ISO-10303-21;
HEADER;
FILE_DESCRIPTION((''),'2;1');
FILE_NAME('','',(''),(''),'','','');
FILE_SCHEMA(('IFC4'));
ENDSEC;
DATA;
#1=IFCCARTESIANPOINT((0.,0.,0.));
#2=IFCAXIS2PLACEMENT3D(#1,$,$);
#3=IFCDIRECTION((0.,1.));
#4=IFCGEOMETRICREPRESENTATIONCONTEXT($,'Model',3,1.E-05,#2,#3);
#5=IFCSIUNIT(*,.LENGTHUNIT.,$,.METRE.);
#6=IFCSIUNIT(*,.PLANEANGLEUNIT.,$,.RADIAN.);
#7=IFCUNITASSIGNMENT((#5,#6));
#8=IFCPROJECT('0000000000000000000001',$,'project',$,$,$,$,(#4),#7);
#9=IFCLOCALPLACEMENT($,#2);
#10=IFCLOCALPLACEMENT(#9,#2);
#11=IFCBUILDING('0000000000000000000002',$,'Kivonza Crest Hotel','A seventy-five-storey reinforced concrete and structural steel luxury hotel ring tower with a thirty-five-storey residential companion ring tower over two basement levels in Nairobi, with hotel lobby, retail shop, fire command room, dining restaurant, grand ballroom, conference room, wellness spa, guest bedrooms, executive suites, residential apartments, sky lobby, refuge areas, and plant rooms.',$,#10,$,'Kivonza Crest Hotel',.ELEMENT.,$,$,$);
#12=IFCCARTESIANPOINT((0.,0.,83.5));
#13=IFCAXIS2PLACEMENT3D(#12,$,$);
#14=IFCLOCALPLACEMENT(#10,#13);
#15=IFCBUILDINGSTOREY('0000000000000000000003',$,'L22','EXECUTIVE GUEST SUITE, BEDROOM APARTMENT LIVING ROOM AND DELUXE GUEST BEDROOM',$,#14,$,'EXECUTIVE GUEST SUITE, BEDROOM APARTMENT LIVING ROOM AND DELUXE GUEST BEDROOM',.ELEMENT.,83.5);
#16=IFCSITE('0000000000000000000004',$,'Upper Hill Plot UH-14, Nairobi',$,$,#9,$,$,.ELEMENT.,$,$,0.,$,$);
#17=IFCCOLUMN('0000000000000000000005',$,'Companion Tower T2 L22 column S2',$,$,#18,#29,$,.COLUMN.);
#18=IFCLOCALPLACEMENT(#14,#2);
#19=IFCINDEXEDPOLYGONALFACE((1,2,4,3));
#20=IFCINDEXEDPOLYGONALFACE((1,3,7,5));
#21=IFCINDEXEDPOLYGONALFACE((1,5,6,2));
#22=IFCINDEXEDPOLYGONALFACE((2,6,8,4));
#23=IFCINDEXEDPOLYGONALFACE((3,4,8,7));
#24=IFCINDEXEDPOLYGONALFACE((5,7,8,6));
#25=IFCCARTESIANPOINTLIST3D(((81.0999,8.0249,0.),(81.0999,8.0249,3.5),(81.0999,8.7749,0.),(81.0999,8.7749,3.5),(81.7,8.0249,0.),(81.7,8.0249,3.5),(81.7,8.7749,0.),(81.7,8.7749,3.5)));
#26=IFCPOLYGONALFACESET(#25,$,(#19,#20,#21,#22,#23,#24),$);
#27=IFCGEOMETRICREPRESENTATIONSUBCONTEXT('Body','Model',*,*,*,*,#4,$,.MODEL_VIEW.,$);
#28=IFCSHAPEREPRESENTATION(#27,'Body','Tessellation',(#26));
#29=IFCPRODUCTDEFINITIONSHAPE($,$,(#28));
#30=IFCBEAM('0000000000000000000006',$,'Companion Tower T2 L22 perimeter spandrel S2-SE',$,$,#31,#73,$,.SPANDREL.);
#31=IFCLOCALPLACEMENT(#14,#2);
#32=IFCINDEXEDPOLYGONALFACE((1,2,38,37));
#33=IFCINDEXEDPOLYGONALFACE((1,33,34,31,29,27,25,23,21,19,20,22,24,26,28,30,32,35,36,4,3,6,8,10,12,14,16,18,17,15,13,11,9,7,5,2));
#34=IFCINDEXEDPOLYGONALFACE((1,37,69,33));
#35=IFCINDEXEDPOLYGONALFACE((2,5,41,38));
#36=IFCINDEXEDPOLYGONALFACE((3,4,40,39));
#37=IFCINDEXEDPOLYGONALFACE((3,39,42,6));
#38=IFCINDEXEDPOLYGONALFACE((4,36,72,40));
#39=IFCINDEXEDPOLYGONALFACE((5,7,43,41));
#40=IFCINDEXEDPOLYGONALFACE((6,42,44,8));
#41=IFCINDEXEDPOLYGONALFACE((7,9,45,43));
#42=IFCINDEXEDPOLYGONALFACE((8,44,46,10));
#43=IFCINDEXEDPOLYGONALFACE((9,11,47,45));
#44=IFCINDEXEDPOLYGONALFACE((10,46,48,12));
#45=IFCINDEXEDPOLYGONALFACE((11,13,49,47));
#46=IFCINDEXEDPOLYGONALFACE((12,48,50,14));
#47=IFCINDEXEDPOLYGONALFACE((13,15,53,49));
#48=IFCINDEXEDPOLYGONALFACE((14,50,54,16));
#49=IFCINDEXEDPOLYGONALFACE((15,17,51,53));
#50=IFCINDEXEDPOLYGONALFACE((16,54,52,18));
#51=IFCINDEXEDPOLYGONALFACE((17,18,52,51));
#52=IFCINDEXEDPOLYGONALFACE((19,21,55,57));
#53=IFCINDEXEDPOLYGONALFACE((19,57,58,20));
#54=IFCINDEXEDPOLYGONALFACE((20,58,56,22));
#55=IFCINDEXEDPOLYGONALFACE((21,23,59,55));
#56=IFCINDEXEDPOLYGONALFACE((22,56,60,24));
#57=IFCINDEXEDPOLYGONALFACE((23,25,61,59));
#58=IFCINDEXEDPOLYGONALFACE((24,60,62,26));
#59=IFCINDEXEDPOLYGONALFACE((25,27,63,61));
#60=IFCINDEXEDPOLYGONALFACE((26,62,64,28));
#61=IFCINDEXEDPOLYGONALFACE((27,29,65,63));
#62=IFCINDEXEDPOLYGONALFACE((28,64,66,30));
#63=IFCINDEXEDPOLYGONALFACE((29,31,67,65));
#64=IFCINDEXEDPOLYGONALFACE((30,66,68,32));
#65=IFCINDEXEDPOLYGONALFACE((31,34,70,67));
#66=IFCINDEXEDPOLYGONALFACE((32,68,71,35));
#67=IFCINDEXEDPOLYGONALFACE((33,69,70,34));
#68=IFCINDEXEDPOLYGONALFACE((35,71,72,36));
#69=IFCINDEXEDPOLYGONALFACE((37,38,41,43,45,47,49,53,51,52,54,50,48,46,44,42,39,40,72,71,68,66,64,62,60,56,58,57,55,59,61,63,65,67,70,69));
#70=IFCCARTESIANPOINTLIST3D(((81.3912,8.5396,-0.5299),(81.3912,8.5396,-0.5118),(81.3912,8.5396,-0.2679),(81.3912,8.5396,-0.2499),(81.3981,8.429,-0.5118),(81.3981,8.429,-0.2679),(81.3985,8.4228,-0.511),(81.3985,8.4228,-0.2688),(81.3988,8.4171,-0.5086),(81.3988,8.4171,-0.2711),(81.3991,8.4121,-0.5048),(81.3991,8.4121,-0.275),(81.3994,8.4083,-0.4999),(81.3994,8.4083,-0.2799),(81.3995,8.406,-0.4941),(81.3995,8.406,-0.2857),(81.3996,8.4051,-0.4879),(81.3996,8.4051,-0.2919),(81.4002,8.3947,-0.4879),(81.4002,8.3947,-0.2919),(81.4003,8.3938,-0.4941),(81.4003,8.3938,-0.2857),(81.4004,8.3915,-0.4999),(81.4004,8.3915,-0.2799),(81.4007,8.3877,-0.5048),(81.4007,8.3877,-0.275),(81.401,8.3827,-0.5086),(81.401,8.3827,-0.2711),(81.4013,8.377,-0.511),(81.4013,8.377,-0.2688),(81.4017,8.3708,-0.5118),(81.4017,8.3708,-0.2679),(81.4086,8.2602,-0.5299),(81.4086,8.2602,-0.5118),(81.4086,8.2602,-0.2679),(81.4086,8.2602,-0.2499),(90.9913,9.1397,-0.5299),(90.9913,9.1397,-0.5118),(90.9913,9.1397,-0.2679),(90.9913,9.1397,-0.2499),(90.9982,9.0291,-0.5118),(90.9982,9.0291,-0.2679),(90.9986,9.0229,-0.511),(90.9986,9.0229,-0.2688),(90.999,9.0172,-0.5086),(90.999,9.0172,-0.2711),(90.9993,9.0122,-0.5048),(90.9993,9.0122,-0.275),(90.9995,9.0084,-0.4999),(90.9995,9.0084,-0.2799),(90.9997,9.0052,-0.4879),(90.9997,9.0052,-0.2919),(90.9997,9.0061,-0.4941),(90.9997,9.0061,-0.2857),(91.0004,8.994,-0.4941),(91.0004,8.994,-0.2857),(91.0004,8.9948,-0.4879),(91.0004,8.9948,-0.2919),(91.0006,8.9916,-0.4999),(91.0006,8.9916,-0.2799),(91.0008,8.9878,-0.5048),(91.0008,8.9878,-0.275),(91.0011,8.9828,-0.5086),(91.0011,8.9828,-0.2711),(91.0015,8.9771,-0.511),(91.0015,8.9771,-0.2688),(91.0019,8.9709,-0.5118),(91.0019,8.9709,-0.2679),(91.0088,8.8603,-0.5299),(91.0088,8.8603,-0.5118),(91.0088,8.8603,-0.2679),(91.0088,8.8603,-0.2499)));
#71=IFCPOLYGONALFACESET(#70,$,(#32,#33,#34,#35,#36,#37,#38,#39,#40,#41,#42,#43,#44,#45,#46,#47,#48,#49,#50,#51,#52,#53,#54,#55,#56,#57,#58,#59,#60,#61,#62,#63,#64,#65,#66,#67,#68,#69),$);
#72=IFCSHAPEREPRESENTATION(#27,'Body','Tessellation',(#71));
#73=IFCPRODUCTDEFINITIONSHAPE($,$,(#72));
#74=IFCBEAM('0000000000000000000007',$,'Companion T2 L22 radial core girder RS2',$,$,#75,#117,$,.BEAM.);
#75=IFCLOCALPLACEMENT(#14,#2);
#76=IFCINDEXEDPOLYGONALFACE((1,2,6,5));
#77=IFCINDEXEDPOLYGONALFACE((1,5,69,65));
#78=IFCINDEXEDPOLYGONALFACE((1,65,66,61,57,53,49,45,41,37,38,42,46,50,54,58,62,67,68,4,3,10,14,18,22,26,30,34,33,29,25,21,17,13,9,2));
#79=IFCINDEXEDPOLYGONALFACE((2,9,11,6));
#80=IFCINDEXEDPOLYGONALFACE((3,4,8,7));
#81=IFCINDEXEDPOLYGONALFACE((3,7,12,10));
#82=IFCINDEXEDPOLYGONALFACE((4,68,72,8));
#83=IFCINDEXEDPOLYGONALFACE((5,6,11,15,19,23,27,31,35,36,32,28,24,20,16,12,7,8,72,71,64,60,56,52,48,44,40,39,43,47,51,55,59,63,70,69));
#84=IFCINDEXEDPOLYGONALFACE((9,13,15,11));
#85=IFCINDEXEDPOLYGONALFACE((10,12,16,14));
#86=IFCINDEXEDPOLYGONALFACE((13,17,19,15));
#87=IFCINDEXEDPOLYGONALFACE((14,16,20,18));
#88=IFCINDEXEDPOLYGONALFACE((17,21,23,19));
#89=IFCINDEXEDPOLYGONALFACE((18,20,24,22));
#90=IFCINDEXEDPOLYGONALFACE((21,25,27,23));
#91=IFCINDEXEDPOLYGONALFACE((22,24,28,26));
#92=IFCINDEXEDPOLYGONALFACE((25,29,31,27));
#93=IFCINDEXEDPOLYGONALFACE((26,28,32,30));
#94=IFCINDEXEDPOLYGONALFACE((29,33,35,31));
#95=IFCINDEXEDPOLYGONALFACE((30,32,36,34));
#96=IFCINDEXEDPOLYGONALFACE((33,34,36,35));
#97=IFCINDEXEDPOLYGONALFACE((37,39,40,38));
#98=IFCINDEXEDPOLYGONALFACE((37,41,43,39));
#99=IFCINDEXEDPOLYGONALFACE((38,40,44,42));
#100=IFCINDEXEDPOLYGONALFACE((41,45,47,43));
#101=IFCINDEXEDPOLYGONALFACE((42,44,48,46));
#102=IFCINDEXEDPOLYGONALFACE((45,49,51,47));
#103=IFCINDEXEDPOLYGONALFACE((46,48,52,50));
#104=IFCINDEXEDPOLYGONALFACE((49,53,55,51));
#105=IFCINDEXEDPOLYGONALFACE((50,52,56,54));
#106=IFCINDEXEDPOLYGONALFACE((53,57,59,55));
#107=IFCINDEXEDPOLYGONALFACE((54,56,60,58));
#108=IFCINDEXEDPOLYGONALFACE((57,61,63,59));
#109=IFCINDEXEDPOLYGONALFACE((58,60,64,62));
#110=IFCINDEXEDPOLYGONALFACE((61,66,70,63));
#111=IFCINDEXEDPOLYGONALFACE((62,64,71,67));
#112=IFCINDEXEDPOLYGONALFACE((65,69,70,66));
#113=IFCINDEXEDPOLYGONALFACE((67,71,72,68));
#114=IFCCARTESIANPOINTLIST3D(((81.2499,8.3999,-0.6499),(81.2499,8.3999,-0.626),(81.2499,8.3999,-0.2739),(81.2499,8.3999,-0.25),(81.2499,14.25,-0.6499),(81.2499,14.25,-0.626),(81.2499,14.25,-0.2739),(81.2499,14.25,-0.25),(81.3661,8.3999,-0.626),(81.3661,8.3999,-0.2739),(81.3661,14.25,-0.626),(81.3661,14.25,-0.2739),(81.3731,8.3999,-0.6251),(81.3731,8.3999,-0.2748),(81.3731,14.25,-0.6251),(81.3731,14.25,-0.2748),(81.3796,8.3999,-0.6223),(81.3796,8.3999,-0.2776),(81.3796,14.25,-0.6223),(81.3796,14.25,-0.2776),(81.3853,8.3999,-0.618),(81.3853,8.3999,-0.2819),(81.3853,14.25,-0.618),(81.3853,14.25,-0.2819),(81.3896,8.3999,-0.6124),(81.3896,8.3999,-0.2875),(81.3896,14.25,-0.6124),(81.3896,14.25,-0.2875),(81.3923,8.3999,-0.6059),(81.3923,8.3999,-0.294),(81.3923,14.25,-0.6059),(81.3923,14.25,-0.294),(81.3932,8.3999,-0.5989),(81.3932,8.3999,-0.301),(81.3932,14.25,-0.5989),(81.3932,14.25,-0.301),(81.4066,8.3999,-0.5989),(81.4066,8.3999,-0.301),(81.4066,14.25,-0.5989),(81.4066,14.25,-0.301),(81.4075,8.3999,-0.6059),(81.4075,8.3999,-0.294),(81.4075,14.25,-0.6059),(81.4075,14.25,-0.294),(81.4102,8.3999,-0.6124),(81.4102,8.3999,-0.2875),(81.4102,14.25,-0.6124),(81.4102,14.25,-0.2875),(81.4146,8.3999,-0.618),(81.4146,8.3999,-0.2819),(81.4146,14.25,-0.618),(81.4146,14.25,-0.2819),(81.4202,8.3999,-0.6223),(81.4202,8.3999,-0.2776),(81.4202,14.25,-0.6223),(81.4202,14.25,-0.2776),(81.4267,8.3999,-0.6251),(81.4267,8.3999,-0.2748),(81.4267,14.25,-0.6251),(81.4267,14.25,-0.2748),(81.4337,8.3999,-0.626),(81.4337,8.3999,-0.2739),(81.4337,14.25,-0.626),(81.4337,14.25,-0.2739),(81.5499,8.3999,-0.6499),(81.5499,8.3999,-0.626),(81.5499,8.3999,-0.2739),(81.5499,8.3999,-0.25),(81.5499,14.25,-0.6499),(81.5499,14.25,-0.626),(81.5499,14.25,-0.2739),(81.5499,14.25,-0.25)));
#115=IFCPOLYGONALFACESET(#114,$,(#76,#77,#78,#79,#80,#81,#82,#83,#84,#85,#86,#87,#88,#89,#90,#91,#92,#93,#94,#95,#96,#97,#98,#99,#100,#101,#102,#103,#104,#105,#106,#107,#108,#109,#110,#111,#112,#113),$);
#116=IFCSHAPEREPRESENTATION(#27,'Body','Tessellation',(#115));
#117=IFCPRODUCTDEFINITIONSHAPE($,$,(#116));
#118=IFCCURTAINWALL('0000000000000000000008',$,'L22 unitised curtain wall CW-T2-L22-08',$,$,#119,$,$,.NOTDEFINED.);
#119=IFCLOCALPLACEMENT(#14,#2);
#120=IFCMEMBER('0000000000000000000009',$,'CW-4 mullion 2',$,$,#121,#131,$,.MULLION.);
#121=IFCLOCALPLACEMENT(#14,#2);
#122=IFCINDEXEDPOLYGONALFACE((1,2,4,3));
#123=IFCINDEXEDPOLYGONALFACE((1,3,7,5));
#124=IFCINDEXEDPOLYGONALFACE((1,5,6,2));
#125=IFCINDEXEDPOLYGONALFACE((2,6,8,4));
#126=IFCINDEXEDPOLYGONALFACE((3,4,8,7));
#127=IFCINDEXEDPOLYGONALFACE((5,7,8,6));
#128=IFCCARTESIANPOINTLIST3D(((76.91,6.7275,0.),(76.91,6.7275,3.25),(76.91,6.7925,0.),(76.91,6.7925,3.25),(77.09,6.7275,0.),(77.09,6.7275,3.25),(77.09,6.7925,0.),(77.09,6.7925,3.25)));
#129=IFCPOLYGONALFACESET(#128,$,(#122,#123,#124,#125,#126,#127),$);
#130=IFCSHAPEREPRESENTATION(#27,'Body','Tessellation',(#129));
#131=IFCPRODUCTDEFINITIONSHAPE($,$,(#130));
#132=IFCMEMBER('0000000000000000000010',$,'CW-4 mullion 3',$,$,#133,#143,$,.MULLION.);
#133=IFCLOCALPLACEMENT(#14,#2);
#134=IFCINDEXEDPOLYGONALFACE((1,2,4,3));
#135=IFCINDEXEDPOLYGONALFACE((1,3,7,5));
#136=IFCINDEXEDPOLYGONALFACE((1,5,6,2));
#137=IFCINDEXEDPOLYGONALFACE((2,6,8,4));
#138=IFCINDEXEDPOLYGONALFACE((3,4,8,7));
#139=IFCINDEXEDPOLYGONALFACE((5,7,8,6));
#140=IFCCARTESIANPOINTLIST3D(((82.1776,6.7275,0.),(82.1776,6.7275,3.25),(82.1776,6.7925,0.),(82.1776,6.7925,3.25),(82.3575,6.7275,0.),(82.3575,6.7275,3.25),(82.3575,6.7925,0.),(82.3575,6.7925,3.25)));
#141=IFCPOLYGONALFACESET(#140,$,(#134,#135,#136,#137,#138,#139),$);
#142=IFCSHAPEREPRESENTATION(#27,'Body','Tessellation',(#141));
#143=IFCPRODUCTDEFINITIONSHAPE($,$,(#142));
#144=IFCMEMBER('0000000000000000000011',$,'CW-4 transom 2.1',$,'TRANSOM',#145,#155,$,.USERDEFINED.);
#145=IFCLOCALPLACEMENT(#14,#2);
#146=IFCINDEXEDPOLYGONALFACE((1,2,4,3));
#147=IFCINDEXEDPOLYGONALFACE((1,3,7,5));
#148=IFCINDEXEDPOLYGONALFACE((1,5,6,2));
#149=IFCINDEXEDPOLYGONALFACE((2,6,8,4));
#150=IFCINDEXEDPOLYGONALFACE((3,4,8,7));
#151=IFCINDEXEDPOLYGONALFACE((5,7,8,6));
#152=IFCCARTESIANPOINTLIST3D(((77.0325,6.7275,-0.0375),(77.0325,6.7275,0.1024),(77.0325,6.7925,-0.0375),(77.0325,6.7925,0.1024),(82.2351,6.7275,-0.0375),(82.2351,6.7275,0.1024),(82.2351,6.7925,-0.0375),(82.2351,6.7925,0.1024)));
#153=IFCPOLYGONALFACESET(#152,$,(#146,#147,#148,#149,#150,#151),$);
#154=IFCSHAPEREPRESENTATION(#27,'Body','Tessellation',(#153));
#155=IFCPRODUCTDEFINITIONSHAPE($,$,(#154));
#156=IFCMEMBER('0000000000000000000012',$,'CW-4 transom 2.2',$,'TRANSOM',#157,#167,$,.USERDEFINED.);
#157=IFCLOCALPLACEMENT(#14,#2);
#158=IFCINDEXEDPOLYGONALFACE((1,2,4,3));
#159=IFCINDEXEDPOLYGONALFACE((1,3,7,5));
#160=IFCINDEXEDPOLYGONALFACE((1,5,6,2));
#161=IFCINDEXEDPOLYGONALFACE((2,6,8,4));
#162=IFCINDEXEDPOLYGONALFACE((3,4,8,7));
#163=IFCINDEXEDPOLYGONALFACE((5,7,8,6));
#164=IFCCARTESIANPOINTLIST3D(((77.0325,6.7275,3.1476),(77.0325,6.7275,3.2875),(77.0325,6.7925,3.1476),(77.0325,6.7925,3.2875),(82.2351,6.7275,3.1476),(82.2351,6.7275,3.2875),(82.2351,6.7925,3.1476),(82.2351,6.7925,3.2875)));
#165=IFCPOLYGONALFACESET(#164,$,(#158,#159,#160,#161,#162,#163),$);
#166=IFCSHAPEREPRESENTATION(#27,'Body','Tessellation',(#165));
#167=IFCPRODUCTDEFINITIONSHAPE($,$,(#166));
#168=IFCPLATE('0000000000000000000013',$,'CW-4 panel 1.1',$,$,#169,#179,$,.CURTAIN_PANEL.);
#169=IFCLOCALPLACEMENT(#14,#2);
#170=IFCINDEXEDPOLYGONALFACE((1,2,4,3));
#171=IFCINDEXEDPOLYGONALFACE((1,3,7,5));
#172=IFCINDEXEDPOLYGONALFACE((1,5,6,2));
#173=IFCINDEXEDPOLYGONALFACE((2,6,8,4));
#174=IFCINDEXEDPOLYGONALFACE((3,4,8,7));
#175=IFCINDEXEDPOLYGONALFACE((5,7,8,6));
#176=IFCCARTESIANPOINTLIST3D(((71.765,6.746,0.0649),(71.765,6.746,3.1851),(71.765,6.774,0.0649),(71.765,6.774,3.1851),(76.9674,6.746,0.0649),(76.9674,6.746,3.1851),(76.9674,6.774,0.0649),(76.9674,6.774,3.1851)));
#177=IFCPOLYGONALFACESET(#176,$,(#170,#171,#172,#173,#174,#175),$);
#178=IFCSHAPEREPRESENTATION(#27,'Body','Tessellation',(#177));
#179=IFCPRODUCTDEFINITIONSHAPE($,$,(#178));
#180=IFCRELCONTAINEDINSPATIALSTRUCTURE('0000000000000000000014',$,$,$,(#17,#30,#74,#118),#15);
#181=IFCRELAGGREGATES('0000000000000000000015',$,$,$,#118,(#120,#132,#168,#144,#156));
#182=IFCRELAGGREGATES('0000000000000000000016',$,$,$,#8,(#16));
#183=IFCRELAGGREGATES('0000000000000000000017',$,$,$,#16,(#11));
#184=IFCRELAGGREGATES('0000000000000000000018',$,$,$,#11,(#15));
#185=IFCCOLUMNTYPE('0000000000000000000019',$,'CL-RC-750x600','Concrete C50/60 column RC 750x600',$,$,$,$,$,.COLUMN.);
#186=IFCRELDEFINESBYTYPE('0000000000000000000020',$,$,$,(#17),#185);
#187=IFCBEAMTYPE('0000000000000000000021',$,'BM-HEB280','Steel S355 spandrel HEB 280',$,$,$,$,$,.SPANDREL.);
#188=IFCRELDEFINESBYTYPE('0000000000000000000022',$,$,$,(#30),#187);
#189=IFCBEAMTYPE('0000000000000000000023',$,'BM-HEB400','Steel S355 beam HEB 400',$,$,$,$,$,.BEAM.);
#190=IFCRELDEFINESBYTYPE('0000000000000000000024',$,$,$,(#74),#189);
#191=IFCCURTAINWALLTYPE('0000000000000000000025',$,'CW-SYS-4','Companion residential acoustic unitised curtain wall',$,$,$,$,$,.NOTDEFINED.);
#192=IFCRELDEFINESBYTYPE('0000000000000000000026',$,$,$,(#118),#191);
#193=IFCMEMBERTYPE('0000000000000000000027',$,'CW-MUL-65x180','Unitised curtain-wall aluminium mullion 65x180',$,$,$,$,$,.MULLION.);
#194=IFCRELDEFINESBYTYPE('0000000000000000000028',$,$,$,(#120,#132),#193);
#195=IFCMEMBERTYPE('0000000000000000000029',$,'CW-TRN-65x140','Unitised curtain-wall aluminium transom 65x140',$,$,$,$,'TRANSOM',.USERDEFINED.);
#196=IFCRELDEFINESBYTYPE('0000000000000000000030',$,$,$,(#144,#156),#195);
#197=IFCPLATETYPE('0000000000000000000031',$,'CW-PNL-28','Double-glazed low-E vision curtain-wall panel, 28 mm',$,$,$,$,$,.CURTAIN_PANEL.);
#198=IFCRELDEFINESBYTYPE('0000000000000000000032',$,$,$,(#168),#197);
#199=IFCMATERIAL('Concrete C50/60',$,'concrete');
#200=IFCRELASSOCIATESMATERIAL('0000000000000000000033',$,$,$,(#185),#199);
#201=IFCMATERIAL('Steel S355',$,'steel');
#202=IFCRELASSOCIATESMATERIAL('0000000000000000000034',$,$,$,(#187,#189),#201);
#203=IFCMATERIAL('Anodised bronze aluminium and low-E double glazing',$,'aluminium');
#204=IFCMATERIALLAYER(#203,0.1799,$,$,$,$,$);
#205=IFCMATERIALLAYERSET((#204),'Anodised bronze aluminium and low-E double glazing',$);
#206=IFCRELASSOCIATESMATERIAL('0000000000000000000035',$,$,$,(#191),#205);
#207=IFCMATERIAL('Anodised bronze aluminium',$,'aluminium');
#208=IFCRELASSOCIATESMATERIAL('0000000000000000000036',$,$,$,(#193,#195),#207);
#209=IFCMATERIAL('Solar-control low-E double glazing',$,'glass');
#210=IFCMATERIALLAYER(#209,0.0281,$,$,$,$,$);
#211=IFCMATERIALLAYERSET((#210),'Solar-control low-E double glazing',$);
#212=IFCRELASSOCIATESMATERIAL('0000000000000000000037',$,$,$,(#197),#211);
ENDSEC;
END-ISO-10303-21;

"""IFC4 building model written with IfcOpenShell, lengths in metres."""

from ifc_helpers import new_model, si_unit, direction, frame, origin, origin_2d, place, context, subcontext, project, spatial, rectangle, i_section, extrude, material, layer, layer_set, material_profile, profile_set, type_object, element, aggregate, save


model = new_model("IFC4")

# Units and contexts
model_context = context("Model", 3, precision=1e-05, world=origin(), true_north=direction((0.0, 1.0)))
body_context = subcontext(model_context, "Body", "Model", "MODEL_VIEW")
ifc_project = project(units=[si_unit("LENGTHUNIT", "METRE"), si_unit("PLANEANGLEUNIT", "RADIAN")], contexts=[model_context])

# Site, building, storey
site_placement = place(None, origin())
site = spatial("IfcSite", under=ifc_project, at=site_placement, Name="Upper Hill Plot UH-14, Nairobi", CompositionType="ELEMENT", RefElevation=0.0)
building_placement = place(site_placement, origin())
building = spatial("IfcBuilding", under=site, at=building_placement, Name="Kivonza Crest Hotel", Description="A seventy-five-storey reinforced concrete and structural steel luxury hotel ring tower with a thirty-five-storey residential companion ring tower over two basement levels in Nairobi, with hotel lobby, retail shop, fire command room, dining restaurant, grand ballroom, conference room, wellness spa, guest bedrooms, executive suites, residential apartments, sky lobby, refuge areas, and plant rooms.", LongName="Kivonza Crest Hotel", CompositionType="ELEMENT")
storey_placement = place(building_placement, frame((0.0, 0.0, 83.5)))
storey = spatial("IfcBuildingStorey", under=building, at=storey_placement, Name="L22", Description="EXECUTIVE GUEST SUITE, BEDROOM APARTMENT LIVING ROOM AND DELUXE GUEST BEDROOM", LongName="EXECUTIVE GUEST SUITE, BEDROOM APARTMENT LIVING ROOM AND DELUXE GUEST BEDROOM", CompositionType="ELEMENT", Elevation=83.5)

# Column
ifc_material_1 = material(Name="Concrete C50/60", Category="concrete")
ifc_material_profile_1 = material_profile(ifc_material_1, rectangle(XDim=0.6001, YDim=0.75, at=origin_2d()), Name="RC 750x600")
ifc_profile_set_1 = profile_set([ifc_material_profile_1], Name="Concrete C50/60")
column_type = type_object("IfcColumnType", Name="CL-RC-750x600", Description="Concrete C50/60 column RC 750x600", PredefinedType="COLUMN", material=ifc_profile_set_1)
column_placement = place(storey_placement, frame((81.3999, 8.3999, 0.0), z_axis=(0.0, 0.0, 1.0), x_axis=(1.0, 0.0, 0.0)))
element("IfcColumn", 1, at=column_placement, inside=storey, type_object=column_type, Name="Companion Tower T2 L22 column S2", PredefinedType="COLUMN", context=body_context, shape_type="SweptSolid", body=[
    extrude(rectangle(XDim=0.6001, YDim=0.75, at=origin_2d()), origin(), (0.0, 0.0, 1.0), 3.5),
])

# Beams
ifc_material_2 = material(Name="Steel S355", Category="steel")
ifc_material_profile_2 = material_profile(ifc_material_2, i_section(OverallWidth=0.28, OverallDepth=0.28, WebThickness=0.0105, FlangeThickness=0.0181, FilletRadius=0.0239, at=origin_2d()), Name="HEB 280")
ifc_profile_set_2 = profile_set([ifc_material_profile_2], Name="Steel S355")
beam_type_1 = type_object("IfcBeamType", Name="BM-HEB280", Description="Steel S355 spandrel HEB 280", PredefinedType="SPANDREL", material=ifc_profile_set_2)
beam_1_placement = place(storey_placement, frame((81.3999, 8.3999, -0.3899), z_axis=(0.998052, 0.062388, 0.0), x_axis=(-0.062388, 0.998052, 0.0)))
element("IfcBeam", 2, at=beam_1_placement, inside=storey, type_object=beam_type_1, Name="Companion Tower T2 L22 perimeter spandrel S2-SE", PredefinedType="SPANDREL", context=body_context, shape_type="SweptSolid", body=[
    extrude(i_section(OverallWidth=0.28, OverallDepth=0.28, WebThickness=0.0105, FlangeThickness=0.0181, FilletRadius=0.0239, at=origin_2d()), origin(), (0.0, 0.0, 1.0), 9.6189),
])
ifc_material_profile_3 = material_profile(ifc_material_2, i_section(OverallWidth=0.3, OverallDepth=0.3999, WebThickness=0.0134, FlangeThickness=0.0239, FilletRadius=0.0271, at=origin_2d()), Name="HEB 400")
ifc_profile_set_3 = profile_set([ifc_material_profile_3], Name="Steel S355")
beam_type_2 = type_object("IfcBeamType", Name="BM-HEB400", Description="Steel S355 beam HEB 400", PredefinedType="BEAM", material=ifc_profile_set_3)
beam_2_placement = place(storey_placement, frame((81.3999, 8.3999, -0.45), z_axis=(0.0, 1.0, 0.0), x_axis=(-1.0, 0.0, 0.0)))
element("IfcBeam", 3, at=beam_2_placement, inside=storey, type_object=beam_type_2, Name="Companion T2 L22 radial core girder RS2", PredefinedType="BEAM", context=body_context, shape_type="SweptSolid", body=[
    extrude(i_section(OverallWidth=0.3, OverallDepth=0.3999, WebThickness=0.0134, FlangeThickness=0.0239, FilletRadius=0.0271, at=origin_2d()), origin(), (0.0, 0.0, 1.0), 5.8501),
])

# Curtain wall, members, plate
ifc_material_3 = material(Name="Anodised bronze aluminium and low-E double glazing", Category="aluminium")
ifc_layer_1 = layer(ifc_material_3, 0.1799)
ifc_layer_set_1 = layer_set([ifc_layer_1], Name="Anodised bronze aluminium and low-E double glazing")
curtain_wall_type = type_object("IfcCurtainWallType", Name="CW-SYS-4", Description="Companion residential acoustic unitised curtain wall", PredefinedType="NOTDEFINED", material=ifc_layer_set_1)
curtain_wall_placement = place(storey_placement, origin())
curtain_wall = element("IfcCurtainWall", 4, at=curtain_wall_placement, inside=storey, type_object=curtain_wall_type, Name="L22 unitised curtain wall CW-T2-L22-08", PredefinedType="NOTDEFINED")
ifc_material_4 = material(Name="Anodised bronze aluminium", Category="aluminium")
ifc_material_profile_4 = material_profile(ifc_material_4, rectangle(XDim=0.0649, YDim=0.1799, at=origin_2d()), Name="CW-M 65x180")
ifc_profile_set_4 = profile_set([ifc_material_profile_4], Name="Anodised bronze aluminium")
member_type_1 = type_object("IfcMemberType", Name="CW-MUL-65x180", Description="Unitised curtain-wall aluminium mullion 65x180", PredefinedType="MULLION", material=ifc_profile_set_4)
member_1_placement = place(storey_placement, frame((77.0, 6.76, 0.0), z_axis=(0.0, 0.0, 1.0), x_axis=(0.0, 1.0, 0.0)))
member_1 = element("IfcMember", 5, at=member_1_placement, type_object=member_type_1, Name="CW-4 mullion 2", PredefinedType="MULLION", context=body_context, shape_type="SweptSolid", body=[
    extrude(rectangle(XDim=0.0649, YDim=0.1799, at=origin_2d()), origin(), (0.0, 0.0, 1.0), 3.25),
])
member_2_placement = place(storey_placement, frame((82.2676, 6.76, 0.0), z_axis=(0.0, 0.0, 1.0), x_axis=(0.0, 1.0, 0.0)))
member_2 = element("IfcMember", 6, at=member_2_placement, type_object=member_type_1, Name="CW-4 mullion 3", PredefinedType="MULLION", context=body_context, shape_type="SweptSolid", body=[
    extrude(rectangle(XDim=0.0649, YDim=0.1799, at=origin_2d()), origin(), (0.0, 0.0, 1.0), 3.25),
])
ifc_material_profile_5 = material_profile(ifc_material_4, rectangle(XDim=0.0649, YDim=0.1399, at=origin_2d()), Name="CW-T 65x140")
ifc_profile_set_5 = profile_set([ifc_material_profile_5], Name="Anodised bronze aluminium")
member_type_2 = type_object("IfcMemberType", Name="CW-TRN-65x140", Description="Unitised curtain-wall aluminium transom 65x140", ElementType="TRANSOM", PredefinedType="USERDEFINED", material=ifc_profile_set_5)
member_3_placement = place(storey_placement, frame((77.0325, 6.76, 0.0325), z_axis=(1.0, 0.0, 0.0), x_axis=(0.0, 1.0, 0.0)))
member_3 = element("IfcMember", 7, at=member_3_placement, type_object=member_type_2, Name="CW-4 transom 2.1", ObjectType="TRANSOM", PredefinedType="USERDEFINED", context=body_context, shape_type="SweptSolid", body=[
    extrude(rectangle(XDim=0.0649, YDim=0.1399, at=origin_2d()), origin(), (0.0, 0.0, 1.0), 5.2026),
])
member_4_placement = place(storey_placement, frame((77.0325, 6.76, 3.2175), z_axis=(1.0, 0.0, 0.0), x_axis=(0.0, 1.0, 0.0)))
member_4 = element("IfcMember", 8, at=member_4_placement, type_object=member_type_2, Name="CW-4 transom 2.2", ObjectType="TRANSOM", PredefinedType="USERDEFINED", context=body_context, shape_type="SweptSolid", body=[
    extrude(rectangle(XDim=0.0649, YDim=0.1399, at=origin_2d()), origin(), (0.0, 0.0, 1.0), 5.2026),
])
ifc_material_5 = material(Name="Solar-control low-E double glazing", Category="glass")
ifc_layer_2 = layer(ifc_material_5, 0.0281)
ifc_layer_set_2 = layer_set([ifc_layer_2], Name="Solar-control low-E double glazing")
plate_type = type_object("IfcPlateType", Name="CW-PNL-28", Description="Double-glazed low-E vision curtain-wall panel, 28 mm", PredefinedType="CURTAIN_PANEL", material=ifc_layer_set_2)
plate_1_placement = place(storey_placement, frame((74.3662, 6.76, 0.0649), z_axis=(0.0, 0.0, 1.0), x_axis=(1.0, 0.0, 0.0)))
plate_1 = element("IfcPlate", 9, at=plate_1_placement, type_object=plate_type, Name="CW-4 panel 1.1", PredefinedType="CURTAIN_PANEL", context=body_context, shape_type="SweptSolid", body=[
    extrude(rectangle(XDim=5.2024, YDim=0.0281, at=origin_2d()), origin(), (0.0, 0.0, 1.0), 3.1201),
])
aggregate(curtain_wall, [member_1, member_2, plate_1, member_3, member_4])

save(model, "model.ifc")
